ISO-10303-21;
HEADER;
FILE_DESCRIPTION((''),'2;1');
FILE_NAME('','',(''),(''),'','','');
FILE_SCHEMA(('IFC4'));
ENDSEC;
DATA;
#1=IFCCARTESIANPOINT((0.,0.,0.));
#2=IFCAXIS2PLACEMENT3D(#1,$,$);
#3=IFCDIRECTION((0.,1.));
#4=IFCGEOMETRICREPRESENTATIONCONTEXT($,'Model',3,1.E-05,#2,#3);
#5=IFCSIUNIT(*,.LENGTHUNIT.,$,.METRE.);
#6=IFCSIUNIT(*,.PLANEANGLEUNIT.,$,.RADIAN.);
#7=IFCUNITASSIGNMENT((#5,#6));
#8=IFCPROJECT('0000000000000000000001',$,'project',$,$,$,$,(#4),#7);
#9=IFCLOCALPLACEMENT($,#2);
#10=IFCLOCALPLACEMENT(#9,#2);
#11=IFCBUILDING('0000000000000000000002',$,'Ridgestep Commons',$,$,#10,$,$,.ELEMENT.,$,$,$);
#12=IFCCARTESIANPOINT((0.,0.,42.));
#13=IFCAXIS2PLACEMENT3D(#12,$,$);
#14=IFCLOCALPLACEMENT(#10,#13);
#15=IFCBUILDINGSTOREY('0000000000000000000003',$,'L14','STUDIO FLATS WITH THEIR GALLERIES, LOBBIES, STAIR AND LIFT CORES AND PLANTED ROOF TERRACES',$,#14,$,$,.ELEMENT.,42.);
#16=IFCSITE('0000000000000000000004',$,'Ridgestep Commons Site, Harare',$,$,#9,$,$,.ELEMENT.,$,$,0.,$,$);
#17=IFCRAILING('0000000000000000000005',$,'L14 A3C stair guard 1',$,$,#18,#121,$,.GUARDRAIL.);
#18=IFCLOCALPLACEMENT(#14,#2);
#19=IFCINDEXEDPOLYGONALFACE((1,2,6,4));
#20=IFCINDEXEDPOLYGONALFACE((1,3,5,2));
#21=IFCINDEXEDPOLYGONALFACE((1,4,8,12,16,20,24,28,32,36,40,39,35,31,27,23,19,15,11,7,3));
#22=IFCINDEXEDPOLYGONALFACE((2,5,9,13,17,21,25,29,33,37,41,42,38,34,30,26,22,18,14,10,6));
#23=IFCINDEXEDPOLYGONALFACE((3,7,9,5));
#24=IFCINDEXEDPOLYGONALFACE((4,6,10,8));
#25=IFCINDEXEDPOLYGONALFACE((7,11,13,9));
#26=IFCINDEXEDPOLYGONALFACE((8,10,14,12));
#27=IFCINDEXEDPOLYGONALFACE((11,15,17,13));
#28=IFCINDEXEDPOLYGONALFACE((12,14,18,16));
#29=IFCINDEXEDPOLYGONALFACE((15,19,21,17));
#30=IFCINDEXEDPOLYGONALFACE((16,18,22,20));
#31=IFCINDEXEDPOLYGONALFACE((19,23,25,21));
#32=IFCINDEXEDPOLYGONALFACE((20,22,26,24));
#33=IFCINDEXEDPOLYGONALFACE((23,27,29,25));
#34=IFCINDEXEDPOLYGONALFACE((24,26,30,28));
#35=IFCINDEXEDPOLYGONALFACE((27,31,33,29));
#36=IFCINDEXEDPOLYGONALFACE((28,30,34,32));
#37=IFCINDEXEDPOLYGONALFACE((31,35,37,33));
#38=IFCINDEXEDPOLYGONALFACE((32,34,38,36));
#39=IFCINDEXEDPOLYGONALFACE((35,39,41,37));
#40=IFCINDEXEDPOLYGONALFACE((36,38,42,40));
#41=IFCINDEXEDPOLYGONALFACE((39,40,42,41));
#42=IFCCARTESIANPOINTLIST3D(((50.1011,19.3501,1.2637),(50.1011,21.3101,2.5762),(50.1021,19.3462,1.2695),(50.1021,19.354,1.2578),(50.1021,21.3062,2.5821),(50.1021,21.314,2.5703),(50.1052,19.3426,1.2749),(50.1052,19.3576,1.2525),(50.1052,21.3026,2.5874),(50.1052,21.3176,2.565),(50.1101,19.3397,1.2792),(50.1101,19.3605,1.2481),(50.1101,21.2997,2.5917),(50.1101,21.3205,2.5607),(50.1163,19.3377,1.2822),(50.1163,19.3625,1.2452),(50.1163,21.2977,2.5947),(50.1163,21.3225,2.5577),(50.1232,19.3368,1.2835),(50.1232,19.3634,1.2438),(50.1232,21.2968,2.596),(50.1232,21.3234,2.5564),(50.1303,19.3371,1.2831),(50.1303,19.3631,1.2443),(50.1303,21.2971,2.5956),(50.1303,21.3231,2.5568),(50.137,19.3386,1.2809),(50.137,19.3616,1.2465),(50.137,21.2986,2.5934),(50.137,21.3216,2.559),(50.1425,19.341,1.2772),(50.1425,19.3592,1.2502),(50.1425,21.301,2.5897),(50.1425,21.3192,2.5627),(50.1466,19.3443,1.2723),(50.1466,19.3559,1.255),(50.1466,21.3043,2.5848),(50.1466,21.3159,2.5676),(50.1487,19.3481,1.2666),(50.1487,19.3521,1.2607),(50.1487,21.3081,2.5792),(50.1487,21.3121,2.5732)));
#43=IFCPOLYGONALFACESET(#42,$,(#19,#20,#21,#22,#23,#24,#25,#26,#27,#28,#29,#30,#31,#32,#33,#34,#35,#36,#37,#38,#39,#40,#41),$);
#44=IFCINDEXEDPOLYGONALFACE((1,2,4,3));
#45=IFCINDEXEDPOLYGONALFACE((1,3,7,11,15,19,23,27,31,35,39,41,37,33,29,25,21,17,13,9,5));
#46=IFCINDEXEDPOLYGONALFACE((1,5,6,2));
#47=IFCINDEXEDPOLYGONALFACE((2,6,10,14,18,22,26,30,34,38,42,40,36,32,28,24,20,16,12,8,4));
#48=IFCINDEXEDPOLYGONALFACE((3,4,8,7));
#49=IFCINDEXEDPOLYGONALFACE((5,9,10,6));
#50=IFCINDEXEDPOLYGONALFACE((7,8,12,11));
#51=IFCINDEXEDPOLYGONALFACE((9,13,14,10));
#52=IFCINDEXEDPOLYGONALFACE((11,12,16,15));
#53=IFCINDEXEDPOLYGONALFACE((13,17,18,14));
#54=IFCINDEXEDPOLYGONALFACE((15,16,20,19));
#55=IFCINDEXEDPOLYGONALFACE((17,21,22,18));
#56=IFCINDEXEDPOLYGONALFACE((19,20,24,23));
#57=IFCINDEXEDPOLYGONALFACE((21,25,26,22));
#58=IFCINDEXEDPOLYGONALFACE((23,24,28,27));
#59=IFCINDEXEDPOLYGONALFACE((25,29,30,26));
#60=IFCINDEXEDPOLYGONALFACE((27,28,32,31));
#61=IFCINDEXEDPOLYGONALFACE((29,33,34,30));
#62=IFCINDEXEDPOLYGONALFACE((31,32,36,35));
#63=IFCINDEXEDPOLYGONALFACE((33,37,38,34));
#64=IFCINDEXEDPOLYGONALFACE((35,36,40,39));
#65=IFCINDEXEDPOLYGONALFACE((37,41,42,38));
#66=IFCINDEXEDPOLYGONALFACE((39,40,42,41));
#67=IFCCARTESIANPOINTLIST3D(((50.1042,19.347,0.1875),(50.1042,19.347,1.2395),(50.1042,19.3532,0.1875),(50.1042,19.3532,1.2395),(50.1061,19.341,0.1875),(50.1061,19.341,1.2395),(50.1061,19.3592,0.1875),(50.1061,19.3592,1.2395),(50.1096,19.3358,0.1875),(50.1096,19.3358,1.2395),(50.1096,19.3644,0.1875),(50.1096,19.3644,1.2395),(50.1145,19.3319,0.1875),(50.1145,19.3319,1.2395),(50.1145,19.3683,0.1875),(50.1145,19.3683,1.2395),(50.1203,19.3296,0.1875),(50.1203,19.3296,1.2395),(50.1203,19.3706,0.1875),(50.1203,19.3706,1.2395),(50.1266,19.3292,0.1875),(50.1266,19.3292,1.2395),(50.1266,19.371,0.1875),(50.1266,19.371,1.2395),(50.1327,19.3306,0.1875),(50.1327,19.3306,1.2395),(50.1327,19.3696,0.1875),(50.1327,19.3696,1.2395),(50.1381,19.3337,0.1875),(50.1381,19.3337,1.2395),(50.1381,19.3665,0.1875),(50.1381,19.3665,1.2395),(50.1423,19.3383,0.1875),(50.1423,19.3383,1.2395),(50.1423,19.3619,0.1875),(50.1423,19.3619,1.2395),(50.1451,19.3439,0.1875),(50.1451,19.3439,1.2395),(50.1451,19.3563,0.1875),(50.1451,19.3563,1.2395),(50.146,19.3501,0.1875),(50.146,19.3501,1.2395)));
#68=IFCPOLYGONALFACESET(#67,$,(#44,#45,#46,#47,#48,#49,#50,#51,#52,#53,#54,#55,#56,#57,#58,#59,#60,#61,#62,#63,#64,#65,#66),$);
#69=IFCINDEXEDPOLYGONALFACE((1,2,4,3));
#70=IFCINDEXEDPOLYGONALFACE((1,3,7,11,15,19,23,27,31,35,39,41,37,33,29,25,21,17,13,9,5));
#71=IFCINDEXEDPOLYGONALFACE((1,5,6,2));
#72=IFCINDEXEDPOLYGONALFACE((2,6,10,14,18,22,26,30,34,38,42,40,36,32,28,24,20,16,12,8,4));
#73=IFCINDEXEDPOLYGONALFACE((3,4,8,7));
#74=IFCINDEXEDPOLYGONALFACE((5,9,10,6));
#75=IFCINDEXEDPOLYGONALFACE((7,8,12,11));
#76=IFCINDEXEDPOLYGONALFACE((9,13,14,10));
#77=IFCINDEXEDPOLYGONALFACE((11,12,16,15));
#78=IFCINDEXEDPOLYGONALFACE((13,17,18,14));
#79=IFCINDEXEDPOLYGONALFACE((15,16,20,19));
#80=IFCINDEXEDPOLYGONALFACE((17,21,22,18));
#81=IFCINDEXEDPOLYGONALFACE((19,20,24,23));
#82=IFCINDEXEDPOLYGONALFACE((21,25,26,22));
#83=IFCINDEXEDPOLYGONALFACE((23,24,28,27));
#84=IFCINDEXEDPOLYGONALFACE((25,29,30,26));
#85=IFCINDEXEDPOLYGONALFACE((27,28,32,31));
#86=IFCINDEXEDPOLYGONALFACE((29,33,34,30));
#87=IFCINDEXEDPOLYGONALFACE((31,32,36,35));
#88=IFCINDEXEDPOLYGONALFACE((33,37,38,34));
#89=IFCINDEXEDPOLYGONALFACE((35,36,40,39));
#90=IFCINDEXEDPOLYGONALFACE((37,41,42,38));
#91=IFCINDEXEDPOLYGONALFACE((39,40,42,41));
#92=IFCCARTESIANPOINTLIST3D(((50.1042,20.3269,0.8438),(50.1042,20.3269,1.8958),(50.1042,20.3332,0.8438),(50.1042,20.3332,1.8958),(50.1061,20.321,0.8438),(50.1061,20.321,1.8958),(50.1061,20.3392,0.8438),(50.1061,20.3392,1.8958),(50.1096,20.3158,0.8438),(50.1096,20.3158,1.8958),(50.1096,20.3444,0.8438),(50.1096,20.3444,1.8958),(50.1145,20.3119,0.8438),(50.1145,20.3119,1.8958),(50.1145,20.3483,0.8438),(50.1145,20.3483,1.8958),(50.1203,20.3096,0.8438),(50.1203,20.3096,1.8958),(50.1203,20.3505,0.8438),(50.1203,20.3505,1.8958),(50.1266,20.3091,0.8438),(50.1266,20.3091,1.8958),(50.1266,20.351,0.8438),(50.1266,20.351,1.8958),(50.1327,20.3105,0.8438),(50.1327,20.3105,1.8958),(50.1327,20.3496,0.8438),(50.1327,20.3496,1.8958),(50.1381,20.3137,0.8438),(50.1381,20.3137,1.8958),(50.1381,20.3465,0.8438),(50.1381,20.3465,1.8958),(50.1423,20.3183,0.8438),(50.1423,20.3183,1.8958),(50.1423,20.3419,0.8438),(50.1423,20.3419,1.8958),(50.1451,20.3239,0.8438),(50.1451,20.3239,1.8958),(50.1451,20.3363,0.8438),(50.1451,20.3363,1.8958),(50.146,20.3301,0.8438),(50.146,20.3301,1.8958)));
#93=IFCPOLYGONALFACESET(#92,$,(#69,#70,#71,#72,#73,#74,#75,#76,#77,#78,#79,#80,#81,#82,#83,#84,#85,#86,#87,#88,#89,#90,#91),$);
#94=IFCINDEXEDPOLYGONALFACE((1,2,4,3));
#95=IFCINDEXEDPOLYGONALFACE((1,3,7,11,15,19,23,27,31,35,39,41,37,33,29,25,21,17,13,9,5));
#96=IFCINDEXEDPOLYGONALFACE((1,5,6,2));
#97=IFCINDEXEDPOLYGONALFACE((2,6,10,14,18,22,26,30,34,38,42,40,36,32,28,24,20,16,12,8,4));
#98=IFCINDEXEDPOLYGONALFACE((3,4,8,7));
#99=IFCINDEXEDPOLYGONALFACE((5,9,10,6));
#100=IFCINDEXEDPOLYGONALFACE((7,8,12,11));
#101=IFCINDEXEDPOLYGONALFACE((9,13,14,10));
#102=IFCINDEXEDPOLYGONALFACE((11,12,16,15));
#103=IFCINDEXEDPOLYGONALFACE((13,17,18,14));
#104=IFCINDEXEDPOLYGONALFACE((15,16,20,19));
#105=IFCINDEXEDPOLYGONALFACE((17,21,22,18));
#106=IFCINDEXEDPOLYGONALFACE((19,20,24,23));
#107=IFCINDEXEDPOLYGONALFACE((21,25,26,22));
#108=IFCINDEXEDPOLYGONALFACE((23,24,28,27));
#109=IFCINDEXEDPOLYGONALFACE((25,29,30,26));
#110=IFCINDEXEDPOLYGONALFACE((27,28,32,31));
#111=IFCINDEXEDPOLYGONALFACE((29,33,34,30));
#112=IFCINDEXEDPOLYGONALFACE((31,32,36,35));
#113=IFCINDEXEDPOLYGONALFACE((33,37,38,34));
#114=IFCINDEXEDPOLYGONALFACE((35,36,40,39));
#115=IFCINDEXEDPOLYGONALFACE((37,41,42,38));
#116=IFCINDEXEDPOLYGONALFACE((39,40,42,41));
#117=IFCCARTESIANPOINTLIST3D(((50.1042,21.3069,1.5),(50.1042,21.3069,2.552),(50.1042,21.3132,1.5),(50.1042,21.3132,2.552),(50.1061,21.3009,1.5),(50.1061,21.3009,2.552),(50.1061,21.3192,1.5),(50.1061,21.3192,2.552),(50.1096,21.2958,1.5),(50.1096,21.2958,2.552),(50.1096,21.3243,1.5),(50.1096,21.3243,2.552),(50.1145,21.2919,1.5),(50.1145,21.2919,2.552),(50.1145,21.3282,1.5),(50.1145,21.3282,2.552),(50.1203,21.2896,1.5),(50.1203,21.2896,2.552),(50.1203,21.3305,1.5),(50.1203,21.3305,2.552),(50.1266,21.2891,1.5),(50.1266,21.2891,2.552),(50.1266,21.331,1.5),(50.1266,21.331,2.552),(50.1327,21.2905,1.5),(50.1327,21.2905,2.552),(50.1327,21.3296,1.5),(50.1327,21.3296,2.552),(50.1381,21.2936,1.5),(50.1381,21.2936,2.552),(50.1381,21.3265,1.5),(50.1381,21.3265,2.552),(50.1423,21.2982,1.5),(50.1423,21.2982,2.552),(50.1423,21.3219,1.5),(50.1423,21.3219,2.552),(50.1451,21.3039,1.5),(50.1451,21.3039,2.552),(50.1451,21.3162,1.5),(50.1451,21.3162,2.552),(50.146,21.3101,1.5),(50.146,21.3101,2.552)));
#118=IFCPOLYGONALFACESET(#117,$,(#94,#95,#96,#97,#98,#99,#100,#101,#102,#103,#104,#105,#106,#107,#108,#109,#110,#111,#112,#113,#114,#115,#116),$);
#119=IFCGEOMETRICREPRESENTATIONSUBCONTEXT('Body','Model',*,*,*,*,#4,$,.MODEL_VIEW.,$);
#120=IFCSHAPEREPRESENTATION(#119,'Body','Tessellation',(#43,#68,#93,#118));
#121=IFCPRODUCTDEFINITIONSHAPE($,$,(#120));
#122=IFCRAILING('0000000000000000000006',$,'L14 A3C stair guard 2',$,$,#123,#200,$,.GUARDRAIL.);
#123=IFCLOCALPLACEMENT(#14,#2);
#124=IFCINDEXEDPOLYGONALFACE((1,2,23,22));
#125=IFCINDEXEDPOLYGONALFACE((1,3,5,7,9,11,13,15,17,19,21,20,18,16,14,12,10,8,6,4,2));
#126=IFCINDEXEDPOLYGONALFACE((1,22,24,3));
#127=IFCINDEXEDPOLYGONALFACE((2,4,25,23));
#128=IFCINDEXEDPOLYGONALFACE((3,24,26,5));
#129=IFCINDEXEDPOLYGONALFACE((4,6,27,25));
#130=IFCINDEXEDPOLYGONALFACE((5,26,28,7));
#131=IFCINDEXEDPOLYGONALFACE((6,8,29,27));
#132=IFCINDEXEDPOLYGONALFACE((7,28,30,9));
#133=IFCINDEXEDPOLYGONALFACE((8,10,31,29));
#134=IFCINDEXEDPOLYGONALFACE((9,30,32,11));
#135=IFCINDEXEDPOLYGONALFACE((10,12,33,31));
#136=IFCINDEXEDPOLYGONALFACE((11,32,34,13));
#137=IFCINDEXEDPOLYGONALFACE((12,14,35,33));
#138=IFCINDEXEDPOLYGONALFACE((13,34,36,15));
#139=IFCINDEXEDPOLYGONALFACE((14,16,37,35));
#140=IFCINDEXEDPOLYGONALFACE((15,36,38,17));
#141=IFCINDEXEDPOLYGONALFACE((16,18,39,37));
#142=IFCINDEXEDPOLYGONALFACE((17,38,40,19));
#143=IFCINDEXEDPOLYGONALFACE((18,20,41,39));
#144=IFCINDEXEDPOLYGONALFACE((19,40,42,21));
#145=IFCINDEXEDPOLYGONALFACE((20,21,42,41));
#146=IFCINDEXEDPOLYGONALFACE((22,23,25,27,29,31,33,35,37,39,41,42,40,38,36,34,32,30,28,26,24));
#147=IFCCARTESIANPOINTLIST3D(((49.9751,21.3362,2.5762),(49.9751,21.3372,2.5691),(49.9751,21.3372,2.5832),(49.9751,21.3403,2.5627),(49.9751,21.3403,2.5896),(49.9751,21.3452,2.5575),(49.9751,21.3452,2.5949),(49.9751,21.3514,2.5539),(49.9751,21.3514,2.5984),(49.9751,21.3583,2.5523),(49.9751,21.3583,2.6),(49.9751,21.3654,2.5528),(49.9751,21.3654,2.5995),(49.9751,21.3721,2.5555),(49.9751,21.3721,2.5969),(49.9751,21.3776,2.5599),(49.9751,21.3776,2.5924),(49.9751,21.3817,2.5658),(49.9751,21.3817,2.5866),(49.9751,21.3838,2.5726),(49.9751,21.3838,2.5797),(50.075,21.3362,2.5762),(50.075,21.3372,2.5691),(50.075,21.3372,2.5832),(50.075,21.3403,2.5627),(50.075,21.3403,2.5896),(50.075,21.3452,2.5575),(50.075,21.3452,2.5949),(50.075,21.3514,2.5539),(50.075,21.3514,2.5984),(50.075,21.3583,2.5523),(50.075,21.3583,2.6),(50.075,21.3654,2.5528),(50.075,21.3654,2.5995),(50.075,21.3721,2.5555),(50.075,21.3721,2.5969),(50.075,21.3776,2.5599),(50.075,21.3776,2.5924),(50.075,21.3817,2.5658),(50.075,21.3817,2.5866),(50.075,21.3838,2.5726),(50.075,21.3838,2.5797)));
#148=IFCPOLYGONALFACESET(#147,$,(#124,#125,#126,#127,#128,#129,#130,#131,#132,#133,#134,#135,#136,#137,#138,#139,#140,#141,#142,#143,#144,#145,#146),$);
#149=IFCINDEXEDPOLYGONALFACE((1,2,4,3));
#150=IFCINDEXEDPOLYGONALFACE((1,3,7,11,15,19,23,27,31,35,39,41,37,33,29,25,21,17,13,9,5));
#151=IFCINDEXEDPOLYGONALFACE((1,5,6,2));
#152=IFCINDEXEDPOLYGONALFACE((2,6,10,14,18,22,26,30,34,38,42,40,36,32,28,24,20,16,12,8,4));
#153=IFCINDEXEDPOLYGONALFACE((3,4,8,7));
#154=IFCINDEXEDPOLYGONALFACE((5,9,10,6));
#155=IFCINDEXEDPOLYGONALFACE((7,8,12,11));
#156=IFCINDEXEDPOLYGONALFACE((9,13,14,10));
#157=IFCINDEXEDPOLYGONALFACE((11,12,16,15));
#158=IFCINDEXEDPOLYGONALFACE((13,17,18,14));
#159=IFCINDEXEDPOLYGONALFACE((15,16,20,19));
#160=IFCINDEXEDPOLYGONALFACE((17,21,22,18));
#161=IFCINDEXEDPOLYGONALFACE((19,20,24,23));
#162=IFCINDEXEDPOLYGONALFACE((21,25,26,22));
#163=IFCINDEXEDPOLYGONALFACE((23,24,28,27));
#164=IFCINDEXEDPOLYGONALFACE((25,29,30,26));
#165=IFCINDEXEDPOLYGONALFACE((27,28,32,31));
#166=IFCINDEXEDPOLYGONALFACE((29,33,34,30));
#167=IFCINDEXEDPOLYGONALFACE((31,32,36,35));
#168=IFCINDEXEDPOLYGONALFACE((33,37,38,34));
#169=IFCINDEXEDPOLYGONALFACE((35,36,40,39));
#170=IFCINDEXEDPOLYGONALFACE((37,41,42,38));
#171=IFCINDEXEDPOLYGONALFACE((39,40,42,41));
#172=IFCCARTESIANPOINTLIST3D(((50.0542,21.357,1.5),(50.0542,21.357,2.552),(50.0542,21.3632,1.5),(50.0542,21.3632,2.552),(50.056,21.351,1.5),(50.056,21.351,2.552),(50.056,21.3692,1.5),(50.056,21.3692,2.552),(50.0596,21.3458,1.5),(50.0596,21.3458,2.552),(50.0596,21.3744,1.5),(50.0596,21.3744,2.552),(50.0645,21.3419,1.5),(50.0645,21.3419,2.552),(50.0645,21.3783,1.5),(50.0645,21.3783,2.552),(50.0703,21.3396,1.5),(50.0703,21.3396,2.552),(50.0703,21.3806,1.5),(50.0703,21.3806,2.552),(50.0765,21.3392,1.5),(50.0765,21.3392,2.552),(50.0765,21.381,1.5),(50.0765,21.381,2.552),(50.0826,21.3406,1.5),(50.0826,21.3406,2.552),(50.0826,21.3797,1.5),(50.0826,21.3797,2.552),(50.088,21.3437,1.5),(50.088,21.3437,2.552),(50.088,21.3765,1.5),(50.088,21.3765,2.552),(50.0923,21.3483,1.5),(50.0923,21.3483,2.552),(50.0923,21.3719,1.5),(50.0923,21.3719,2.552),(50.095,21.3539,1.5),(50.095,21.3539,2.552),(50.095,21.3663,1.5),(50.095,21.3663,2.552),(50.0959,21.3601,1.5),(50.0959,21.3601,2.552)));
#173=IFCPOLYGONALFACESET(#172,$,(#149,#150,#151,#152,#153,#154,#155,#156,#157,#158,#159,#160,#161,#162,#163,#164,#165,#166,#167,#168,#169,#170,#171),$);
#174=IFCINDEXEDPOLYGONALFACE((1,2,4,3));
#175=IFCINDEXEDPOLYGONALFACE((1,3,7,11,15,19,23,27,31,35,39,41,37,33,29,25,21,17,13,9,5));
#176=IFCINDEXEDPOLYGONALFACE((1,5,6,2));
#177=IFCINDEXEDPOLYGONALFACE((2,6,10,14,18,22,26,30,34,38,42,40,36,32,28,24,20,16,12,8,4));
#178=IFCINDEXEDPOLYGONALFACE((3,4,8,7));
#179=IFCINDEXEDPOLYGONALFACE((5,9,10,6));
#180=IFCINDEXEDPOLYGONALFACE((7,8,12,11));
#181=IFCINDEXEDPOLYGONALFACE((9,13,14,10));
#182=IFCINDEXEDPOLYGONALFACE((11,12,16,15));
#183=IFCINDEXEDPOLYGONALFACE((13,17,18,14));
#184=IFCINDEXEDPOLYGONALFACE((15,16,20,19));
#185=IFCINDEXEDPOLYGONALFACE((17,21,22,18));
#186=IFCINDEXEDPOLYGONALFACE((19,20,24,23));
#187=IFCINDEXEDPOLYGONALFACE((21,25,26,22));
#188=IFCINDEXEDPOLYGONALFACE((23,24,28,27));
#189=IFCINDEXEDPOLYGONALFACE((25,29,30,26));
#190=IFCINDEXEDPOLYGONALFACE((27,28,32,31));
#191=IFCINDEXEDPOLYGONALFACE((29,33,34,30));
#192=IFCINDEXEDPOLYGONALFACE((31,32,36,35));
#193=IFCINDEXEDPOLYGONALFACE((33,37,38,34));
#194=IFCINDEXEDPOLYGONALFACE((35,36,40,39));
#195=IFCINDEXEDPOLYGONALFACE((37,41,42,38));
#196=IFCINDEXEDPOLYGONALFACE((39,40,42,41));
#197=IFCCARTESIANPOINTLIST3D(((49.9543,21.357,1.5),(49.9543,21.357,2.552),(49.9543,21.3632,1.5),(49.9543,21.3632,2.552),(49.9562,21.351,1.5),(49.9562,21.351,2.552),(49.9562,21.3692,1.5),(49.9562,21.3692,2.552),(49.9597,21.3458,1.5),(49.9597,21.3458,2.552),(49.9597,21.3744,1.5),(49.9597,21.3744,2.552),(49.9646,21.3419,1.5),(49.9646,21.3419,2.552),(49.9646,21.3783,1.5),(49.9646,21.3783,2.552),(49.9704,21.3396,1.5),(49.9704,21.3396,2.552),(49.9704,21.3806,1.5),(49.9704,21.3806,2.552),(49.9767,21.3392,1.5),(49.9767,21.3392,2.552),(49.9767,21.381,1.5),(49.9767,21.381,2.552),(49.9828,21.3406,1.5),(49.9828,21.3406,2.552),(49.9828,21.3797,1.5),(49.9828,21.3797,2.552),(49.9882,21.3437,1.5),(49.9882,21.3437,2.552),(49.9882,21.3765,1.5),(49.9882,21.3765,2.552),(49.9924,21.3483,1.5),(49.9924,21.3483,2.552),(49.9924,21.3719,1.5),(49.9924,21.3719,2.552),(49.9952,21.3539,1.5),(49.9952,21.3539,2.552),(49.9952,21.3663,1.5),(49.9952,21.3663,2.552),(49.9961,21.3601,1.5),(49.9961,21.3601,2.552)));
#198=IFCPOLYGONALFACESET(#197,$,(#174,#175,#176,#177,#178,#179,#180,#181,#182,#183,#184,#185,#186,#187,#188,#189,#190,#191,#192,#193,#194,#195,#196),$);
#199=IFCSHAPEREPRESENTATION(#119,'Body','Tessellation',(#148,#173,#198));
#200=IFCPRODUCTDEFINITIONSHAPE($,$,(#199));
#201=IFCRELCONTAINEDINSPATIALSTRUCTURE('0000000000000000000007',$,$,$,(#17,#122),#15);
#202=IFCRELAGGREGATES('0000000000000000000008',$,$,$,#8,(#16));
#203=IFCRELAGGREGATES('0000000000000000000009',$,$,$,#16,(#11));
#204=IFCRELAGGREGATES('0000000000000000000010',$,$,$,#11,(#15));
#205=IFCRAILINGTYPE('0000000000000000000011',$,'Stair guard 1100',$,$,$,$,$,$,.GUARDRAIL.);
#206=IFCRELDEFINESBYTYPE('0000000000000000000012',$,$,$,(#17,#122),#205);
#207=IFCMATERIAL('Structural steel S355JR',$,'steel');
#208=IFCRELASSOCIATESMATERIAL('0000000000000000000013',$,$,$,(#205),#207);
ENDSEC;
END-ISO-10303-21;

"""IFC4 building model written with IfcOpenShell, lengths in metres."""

from ifc_helpers import new_model, si_unit, direction, frame, origin, origin_2d, place, context, subcontext, project, spatial, circle, extrude, material, type_object, element, save


model = new_model("IFC4")

# Units and contexts
model_context = context("Model", 3, precision=1e-05, world=origin(), true_north=direction((0.0, 1.0)))
body_context = subcontext(model_context, "Body", "Model", "MODEL_VIEW")
ifc_project = project(units=[si_unit("LENGTHUNIT", "METRE"), si_unit("PLANEANGLEUNIT", "RADIAN")], contexts=[model_context])

# Site, building, storey
site_placement = place(None, origin())
site = spatial("IfcSite", under=ifc_project, at=site_placement, Name="Ridgestep Commons Site, Harare", CompositionType="ELEMENT", RefElevation=0.0)
building_placement = place(site_placement, origin())
building = spatial("IfcBuilding", under=site, at=building_placement, Name="Ridgestep Commons", CompositionType="ELEMENT")
storey_placement = place(building_placement, frame((0.0, 0.0, 42.0)))
storey = spatial("IfcBuildingStorey", under=building, at=storey_placement, Name="L14", Description="STUDIO FLATS WITH THEIR GALLERIES, LOBBIES, STAIR AND LIFT CORES AND PLANTED ROOF TERRACES", CompositionType="ELEMENT", Elevation=42.0)

# Railings
ifc_material_1 = material(Name="Structural steel S355JR", Category="steel")
railing_type_1 = type_object("IfcRailingType", Name="Stair guard 1100", PredefinedType="GUARDRAIL", material=ifc_material_1)
railing_1_placement = place(storey_placement, frame((50.125, 19.3501, 0.1875)))
element("IfcRailing", 1, at=railing_1_placement, inside=storey, type_object=railing_type_1, Name="L14 A3C stair guard 1", PredefinedType="GUARDRAIL", context=body_context, shape_type="SweptSolid", body=[
    extrude(circle(Radius=0.0239, at=origin_2d()), frame((0.0, 0.0, 1.0762), z_axis=(0.0, 0.830902, 0.556419), x_axis=(-1.0, 0.0, 0.0)), (0.0, 0.0, 1.0), 2.3589),
    extrude(circle(Radius=0.021, at=origin_2d()), origin(), (0.0, 0.0, 1.0), 1.052),
    extrude(circle(Radius=0.021, at=origin_2d()), frame((0.0, 0.98, 0.6562)), (0.0, 0.0, 1.0), 1.052),
    extrude(circle(Radius=0.021, at=origin_2d()), frame((0.0, 1.96, 1.3125)), (0.0, 0.0, 1.0), 1.052),
])
railing_2_placement = place(storey_placement, frame((50.075, 21.3601, 1.5)))
element("IfcRailing", 2, at=railing_2_placement, inside=storey, type_object=railing_type_1, Name="L14 A3C stair guard 2", PredefinedType="GUARDRAIL", context=body_context, shape_type="SweptSolid", body=[
    extrude(circle(Radius=0.0239, at=origin_2d()), frame((0.0, 0.0, 1.0762), z_axis=(-1.0, 0.0, 0.0), x_axis=(0.0, -1.0, 0.0)), (0.0, 0.0, 1.0), 0.0999),
    extrude(circle(Radius=0.021, at=origin_2d()), origin(), (0.0, 0.0, 1.0), 1.052),
    extrude(circle(Radius=0.021, at=origin_2d()), frame((-0.0999, 0.0, 0.0)), (0.0, 0.0, 1.0), 1.052),
])

save(model, "model.ifc")
